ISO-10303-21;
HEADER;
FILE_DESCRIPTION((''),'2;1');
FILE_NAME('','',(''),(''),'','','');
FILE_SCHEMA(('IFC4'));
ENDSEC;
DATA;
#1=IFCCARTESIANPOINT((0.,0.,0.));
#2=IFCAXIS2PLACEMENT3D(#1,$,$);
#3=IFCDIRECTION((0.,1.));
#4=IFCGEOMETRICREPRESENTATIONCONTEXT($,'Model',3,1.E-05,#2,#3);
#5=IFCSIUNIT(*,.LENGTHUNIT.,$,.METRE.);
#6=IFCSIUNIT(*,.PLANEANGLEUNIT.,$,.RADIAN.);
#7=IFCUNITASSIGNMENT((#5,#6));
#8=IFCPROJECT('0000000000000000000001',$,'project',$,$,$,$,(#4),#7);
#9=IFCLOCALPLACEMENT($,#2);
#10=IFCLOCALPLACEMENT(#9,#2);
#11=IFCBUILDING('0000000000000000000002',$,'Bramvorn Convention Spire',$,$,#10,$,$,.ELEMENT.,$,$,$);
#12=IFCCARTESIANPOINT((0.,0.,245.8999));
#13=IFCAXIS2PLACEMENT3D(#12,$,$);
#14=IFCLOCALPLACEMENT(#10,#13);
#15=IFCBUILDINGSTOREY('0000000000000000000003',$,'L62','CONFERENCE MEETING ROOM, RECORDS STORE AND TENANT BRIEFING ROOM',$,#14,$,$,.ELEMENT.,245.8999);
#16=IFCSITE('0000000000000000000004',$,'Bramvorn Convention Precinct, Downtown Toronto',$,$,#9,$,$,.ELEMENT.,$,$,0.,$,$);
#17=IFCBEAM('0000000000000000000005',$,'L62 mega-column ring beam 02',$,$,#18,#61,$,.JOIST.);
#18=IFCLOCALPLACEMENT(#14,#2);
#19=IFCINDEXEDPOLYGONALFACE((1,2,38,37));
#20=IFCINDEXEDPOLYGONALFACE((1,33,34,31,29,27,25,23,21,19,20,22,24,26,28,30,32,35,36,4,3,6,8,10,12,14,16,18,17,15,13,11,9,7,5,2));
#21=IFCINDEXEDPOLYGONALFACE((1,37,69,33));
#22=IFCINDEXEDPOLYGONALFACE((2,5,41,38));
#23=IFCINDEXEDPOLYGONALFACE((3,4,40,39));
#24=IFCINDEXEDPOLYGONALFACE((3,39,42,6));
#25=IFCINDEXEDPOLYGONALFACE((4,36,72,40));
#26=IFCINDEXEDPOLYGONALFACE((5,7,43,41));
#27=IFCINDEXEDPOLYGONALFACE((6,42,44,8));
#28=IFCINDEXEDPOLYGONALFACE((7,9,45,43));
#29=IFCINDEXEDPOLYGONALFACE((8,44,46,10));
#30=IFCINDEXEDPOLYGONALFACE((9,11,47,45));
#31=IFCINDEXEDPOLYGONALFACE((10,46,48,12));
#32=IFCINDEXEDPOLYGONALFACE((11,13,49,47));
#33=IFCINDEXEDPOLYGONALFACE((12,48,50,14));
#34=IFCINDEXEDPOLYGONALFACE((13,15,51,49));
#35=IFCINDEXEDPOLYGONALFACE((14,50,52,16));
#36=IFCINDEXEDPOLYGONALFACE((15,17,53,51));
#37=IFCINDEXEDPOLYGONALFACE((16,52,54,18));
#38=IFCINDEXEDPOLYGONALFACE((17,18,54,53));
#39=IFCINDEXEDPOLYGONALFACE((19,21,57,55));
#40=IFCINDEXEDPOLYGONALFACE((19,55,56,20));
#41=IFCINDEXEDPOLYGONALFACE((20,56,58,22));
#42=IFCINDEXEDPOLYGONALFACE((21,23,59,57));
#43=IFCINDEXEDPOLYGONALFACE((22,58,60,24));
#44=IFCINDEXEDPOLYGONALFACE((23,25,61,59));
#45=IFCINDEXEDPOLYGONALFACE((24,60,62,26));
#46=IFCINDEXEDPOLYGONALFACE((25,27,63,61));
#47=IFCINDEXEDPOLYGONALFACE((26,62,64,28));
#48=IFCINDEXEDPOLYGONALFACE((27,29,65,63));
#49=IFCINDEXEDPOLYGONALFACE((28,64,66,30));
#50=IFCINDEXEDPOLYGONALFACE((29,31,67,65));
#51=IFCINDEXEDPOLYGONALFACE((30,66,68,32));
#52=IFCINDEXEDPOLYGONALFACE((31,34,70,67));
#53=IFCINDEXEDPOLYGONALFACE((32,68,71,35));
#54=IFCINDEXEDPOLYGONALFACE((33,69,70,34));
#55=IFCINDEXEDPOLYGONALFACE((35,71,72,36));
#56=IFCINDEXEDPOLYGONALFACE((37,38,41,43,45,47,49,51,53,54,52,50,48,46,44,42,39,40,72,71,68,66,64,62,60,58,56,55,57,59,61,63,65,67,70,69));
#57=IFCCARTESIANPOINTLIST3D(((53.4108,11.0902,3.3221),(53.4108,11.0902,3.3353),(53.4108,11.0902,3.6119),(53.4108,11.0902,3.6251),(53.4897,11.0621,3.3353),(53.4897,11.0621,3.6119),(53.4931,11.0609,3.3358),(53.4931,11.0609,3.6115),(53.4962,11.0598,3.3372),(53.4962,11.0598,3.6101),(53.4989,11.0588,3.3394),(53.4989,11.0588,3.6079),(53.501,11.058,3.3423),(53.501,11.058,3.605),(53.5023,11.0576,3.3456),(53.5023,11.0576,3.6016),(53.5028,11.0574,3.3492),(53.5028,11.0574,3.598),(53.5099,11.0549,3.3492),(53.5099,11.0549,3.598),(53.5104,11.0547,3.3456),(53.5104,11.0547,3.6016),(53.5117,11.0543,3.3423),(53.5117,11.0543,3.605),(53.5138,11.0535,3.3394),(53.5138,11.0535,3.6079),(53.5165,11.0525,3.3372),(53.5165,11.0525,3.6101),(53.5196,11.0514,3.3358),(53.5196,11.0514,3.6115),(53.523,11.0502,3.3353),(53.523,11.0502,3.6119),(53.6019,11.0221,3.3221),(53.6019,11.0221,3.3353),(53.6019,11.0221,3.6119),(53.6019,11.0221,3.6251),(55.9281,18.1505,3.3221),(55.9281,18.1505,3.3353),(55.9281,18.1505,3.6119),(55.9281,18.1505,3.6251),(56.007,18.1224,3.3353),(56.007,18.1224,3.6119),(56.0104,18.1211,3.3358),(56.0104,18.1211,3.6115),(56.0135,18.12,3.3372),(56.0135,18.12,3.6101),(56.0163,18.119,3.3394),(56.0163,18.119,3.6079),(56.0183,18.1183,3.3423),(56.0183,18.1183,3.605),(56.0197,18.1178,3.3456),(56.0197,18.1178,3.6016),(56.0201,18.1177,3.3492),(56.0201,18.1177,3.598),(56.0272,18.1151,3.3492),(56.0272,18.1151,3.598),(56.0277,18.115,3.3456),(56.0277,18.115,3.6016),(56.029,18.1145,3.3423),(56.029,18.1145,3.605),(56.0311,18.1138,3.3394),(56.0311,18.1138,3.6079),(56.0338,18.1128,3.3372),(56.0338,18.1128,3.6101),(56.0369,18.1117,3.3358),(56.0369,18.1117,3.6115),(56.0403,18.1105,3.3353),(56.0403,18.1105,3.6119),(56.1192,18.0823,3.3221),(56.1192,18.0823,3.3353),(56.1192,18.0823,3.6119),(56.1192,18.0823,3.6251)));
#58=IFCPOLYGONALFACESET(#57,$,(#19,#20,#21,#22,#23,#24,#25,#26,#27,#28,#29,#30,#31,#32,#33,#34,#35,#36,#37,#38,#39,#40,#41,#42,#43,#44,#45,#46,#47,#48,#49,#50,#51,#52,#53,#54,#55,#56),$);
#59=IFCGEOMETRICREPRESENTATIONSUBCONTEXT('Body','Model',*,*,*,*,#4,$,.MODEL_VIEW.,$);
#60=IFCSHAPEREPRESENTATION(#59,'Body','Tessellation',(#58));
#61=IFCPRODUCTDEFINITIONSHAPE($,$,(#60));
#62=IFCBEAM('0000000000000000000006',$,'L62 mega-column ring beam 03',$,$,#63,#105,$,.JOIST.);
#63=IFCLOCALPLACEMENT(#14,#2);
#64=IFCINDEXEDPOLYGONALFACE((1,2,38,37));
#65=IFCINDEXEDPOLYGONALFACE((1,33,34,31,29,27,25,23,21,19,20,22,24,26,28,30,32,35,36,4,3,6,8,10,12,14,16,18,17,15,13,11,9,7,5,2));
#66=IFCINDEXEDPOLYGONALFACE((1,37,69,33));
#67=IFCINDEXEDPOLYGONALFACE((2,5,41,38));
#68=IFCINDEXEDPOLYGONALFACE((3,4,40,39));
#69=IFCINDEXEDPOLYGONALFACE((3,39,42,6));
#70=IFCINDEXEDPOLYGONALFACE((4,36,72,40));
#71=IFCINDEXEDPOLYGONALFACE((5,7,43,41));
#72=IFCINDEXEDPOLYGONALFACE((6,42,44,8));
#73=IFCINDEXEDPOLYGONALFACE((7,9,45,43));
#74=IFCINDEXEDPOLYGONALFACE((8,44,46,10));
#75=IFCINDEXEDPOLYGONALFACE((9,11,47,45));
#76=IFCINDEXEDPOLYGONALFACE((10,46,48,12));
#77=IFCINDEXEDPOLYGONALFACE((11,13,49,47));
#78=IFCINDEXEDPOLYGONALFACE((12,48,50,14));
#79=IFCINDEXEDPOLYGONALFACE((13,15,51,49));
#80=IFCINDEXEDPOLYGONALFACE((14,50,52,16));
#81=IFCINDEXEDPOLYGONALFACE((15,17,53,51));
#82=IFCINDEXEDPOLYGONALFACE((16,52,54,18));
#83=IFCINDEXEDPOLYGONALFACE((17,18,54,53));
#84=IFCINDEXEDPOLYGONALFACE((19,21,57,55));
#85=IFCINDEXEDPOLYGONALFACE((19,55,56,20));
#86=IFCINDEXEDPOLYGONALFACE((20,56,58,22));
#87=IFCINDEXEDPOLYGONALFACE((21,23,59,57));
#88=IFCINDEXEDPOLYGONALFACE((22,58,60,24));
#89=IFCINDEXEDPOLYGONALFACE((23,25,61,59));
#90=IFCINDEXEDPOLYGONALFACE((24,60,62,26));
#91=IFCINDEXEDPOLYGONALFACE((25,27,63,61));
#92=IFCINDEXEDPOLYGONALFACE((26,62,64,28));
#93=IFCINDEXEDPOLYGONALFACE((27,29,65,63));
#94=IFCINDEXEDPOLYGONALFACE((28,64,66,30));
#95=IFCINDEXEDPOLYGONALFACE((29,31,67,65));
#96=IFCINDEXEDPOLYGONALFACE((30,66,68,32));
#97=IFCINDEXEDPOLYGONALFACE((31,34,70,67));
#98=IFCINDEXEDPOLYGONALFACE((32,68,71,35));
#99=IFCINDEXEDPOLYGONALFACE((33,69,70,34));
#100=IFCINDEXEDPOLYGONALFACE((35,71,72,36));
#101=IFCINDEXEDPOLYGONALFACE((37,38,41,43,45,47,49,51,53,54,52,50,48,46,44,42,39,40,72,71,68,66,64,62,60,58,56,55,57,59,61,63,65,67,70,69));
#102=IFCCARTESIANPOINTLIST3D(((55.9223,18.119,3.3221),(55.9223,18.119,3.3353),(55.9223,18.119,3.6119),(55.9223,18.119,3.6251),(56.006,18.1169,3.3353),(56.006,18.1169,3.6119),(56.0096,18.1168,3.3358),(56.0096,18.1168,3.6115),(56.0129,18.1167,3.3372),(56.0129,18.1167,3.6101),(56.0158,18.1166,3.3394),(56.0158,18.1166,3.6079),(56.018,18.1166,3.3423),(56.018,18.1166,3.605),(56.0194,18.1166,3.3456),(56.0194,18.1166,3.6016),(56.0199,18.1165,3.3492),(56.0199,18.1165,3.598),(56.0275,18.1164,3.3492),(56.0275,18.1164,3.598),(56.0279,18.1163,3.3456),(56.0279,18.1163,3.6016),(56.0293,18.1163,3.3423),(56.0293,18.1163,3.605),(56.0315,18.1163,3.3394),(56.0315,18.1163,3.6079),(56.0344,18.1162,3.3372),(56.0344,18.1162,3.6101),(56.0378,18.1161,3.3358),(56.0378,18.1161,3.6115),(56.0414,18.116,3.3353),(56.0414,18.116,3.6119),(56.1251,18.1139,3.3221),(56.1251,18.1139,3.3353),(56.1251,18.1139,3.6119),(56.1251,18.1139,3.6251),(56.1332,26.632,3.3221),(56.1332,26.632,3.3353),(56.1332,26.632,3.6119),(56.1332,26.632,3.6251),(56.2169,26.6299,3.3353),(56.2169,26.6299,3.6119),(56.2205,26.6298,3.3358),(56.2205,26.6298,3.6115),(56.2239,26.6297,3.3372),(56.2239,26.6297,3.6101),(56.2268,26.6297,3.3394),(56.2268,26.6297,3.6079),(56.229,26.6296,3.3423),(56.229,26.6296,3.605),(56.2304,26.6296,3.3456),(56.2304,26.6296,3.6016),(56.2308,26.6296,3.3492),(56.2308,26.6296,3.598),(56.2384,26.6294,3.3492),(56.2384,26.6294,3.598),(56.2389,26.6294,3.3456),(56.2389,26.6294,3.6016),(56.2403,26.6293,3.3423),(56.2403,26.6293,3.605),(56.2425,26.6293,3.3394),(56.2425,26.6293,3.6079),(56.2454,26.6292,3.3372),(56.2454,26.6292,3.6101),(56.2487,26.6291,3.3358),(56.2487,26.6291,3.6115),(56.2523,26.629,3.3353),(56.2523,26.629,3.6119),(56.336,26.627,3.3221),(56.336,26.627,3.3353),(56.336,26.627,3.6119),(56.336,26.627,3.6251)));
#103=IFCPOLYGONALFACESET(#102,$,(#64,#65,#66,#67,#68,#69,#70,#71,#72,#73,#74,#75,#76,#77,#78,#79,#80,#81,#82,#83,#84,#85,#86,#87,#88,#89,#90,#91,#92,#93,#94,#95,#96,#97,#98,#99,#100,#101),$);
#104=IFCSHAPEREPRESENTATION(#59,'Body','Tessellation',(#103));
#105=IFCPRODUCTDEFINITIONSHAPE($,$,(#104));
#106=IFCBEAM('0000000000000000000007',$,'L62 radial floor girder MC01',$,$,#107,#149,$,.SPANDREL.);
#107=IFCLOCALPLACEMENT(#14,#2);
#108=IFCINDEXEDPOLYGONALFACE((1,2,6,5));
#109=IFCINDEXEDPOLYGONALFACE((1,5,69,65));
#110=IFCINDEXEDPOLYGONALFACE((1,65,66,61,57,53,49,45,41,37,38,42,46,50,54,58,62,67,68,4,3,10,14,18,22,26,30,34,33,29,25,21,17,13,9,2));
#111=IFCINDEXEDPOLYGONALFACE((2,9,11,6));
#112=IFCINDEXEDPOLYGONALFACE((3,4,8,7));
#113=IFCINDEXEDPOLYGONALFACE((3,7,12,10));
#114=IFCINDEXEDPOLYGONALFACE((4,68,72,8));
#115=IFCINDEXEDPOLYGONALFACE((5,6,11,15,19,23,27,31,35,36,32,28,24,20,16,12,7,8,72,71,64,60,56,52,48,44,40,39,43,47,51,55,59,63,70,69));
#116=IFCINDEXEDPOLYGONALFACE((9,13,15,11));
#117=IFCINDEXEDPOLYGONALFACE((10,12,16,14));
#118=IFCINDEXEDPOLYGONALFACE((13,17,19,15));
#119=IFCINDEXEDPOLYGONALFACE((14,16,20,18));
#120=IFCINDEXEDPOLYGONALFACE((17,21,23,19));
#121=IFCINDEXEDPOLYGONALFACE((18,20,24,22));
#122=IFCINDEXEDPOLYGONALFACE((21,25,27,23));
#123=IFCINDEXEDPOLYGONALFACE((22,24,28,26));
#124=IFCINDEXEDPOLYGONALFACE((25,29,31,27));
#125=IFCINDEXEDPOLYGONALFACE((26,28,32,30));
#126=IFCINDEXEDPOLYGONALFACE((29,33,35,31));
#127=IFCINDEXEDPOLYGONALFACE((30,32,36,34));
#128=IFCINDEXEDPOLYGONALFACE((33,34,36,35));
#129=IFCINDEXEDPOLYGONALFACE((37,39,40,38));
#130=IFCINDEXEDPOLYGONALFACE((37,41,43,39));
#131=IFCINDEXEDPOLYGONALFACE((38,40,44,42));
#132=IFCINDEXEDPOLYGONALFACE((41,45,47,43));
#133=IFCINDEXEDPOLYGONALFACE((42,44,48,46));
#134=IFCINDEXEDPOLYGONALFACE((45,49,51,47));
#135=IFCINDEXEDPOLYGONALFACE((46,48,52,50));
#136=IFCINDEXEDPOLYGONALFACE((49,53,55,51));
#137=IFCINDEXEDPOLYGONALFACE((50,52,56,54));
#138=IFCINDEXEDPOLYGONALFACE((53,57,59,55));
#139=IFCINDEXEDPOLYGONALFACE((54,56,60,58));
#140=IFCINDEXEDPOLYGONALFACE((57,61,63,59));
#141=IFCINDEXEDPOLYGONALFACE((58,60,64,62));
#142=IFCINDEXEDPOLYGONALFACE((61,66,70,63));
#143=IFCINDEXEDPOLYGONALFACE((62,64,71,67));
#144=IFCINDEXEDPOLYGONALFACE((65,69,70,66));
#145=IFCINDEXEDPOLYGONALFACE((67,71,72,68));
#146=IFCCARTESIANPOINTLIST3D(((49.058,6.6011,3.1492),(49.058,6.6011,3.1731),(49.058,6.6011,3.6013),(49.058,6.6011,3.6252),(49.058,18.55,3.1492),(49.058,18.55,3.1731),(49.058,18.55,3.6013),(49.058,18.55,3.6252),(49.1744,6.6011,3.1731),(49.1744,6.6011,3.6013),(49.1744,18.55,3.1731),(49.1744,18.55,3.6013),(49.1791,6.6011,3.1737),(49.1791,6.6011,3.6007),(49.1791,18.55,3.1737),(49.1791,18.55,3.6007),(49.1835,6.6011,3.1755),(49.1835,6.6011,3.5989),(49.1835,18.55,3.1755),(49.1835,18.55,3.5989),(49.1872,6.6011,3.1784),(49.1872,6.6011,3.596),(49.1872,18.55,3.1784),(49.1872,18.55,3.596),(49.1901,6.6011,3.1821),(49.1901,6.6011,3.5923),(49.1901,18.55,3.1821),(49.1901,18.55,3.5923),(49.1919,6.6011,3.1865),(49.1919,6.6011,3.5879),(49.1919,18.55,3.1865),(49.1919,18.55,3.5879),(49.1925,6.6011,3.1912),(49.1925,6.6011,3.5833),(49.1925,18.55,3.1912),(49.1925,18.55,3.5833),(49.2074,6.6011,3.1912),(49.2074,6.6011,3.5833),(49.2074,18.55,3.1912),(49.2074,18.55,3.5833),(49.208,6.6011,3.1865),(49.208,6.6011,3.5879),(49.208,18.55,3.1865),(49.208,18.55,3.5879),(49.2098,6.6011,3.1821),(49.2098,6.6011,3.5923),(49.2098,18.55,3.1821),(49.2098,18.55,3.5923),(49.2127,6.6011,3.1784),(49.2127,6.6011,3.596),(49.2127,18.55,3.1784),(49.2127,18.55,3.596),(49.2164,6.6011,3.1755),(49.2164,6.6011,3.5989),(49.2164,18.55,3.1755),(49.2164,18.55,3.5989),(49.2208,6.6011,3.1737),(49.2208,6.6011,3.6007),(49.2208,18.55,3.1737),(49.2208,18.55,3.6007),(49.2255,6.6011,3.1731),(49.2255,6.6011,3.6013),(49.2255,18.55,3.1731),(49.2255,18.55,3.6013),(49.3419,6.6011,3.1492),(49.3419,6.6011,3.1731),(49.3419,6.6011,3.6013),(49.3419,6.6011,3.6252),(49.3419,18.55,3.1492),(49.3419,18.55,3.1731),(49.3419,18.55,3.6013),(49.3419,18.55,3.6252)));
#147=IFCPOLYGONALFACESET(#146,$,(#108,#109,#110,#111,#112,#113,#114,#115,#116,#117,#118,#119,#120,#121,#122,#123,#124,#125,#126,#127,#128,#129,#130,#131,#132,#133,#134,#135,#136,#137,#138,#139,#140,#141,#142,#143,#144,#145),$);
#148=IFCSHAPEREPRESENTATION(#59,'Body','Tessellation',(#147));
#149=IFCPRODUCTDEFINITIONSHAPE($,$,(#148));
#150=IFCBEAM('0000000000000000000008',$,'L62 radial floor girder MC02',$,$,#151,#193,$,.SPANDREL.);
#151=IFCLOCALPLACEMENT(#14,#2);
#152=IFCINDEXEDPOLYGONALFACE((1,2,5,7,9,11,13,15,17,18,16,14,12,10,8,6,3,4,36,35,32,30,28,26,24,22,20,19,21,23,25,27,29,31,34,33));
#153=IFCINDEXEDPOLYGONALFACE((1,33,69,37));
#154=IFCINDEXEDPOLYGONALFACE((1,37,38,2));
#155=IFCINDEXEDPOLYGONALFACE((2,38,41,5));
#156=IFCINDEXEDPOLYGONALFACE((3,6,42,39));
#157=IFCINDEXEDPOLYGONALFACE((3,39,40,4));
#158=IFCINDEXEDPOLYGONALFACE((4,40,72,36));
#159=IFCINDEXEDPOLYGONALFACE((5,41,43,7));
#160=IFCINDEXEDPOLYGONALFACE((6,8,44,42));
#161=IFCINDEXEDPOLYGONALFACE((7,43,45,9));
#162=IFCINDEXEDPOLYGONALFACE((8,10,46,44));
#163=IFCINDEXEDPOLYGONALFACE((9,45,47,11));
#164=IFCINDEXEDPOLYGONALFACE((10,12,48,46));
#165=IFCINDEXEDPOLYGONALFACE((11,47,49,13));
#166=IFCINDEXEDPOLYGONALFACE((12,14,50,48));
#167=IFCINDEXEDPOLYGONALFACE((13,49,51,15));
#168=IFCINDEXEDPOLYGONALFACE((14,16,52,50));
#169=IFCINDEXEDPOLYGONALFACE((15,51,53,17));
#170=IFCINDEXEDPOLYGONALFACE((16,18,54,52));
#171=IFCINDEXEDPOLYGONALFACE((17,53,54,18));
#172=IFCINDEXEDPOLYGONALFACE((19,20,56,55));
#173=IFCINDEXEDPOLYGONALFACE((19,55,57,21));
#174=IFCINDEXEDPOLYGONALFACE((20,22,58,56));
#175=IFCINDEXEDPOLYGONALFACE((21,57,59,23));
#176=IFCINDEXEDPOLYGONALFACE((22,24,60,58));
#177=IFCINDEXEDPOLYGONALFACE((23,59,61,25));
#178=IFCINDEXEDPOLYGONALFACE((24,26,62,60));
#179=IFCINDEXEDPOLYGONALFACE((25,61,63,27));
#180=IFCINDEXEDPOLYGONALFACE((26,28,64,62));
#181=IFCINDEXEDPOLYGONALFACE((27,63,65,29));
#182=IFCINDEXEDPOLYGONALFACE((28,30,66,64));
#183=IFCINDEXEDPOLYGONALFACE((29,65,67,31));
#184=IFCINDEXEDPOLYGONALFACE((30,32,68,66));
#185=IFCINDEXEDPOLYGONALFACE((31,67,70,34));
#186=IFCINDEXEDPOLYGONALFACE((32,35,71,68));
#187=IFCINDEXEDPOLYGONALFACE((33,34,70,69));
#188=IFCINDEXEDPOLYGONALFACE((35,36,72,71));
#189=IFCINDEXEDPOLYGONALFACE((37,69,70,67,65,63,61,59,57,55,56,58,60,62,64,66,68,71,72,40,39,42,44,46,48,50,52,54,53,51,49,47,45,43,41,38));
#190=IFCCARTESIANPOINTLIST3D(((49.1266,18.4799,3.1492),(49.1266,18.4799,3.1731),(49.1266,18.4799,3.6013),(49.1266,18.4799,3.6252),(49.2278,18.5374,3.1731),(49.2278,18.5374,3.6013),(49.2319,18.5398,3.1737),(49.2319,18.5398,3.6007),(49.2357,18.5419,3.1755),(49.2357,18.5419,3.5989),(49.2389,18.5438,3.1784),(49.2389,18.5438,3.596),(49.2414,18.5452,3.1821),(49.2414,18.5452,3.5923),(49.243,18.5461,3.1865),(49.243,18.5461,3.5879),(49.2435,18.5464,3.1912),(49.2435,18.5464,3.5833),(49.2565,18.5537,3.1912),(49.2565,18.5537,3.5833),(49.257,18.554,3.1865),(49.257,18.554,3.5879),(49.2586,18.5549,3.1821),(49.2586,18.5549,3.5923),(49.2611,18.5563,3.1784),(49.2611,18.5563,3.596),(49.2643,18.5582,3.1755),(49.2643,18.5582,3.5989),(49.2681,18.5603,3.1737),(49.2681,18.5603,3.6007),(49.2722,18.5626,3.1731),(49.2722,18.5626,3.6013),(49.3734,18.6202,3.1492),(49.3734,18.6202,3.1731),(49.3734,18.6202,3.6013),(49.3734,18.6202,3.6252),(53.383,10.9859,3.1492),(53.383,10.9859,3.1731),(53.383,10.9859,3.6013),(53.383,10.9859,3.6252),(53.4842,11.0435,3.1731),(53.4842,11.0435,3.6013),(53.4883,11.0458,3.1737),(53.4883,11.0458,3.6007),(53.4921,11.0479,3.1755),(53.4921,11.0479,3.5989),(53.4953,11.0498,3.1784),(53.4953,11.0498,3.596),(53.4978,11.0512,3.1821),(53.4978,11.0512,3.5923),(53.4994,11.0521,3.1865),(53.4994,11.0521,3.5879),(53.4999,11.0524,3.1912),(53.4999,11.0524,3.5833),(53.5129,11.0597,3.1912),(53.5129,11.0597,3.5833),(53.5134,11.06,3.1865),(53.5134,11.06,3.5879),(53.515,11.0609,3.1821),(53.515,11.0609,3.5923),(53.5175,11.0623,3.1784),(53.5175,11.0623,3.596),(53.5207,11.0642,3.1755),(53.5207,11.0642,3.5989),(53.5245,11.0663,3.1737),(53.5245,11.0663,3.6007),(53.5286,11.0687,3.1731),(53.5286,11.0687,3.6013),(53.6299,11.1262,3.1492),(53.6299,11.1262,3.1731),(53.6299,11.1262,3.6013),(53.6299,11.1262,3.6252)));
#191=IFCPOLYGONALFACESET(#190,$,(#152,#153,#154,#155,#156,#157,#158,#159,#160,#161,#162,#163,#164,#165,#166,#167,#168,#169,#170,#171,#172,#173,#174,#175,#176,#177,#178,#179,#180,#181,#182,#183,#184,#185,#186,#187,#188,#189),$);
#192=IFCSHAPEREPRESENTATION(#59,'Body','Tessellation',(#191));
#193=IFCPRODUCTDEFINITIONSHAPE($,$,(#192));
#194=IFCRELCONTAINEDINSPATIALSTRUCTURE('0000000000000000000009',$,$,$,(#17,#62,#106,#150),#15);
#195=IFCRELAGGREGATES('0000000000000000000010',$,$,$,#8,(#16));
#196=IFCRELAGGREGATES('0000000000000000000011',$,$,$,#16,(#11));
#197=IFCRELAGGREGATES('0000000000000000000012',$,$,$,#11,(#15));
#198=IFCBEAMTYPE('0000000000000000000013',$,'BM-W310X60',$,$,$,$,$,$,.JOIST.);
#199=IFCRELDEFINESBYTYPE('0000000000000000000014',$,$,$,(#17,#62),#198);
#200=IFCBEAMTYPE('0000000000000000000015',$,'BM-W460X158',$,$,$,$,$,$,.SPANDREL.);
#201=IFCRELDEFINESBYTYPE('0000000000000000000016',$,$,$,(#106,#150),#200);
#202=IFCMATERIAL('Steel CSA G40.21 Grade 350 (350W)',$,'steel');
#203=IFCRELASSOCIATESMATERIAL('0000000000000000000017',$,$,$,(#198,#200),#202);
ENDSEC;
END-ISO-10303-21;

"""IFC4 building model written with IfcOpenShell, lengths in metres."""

from ifc_helpers import new_model, si_unit, direction, frame, origin, origin_2d, place, context, subcontext, project, spatial, i_section, extrude, material, material_profile, profile_set, type_object, element, save


model = new_model("IFC4")

# Units and contexts
model_context = context("Model", 3, precision=1e-05, world=origin(), true_north=direction((0.0, 1.0)))
body_context = subcontext(model_context, "Body", "Model", "MODEL_VIEW")
ifc_project = project(units=[si_unit("LENGTHUNIT", "METRE"), si_unit("PLANEANGLEUNIT", "RADIAN")], contexts=[model_context])

# Site, building, storey
site_placement = place(None, origin())
site = spatial("IfcSite", under=ifc_project, at=site_placement, Name="Bramvorn Convention Precinct, Downtown Toronto", CompositionType="ELEMENT", RefElevation=0.0)
building_placement = place(site_placement, origin())
building = spatial("IfcBuilding", under=site, at=building_placement, Name="Bramvorn Convention Spire", CompositionType="ELEMENT")
storey_placement = place(building_placement, frame((0.0, 0.0, 245.8999)))
storey = spatial("IfcBuildingStorey", under=building, at=storey_placement, Name="L62", Description="CONFERENCE MEETING ROOM, RECORDS STORE AND TENANT BRIEFING ROOM", CompositionType="ELEMENT", Elevation=245.8999)

# Shared definitions
ifc_material_1 = material(Name="Steel CSA G40.21 Grade 350 (350W)", Category="steel")

# Beams
ifc_material_profile_1 = material_profile(ifc_material_1, i_section(OverallWidth=0.2029, OverallDepth=0.303, WebThickness=0.0076, FlangeThickness=0.0132, FilletRadius=0.0139, at=origin_2d()))
ifc_profile_set_1 = profile_set([ifc_material_profile_1], Name="Steel CSA G40.21 Grade 350 (350W) - W310X60")
beam_type_1 = type_object("IfcBeamType", Name="BM-W310X60", PredefinedType="JOIST", material=ifc_profile_set_1)
beam_1_placement = place(storey_placement, frame((53.5063, 11.0562, 3.4736), z_axis=(0.335839, 0.941919, 0.0), x_axis=(-0.941919, 0.335839, 0.0)))
element("IfcBeam", 1, at=beam_1_placement, inside=storey, type_object=beam_type_1, Name="L62 mega-column ring beam 02", PredefinedType="JOIST", context=body_context, shape_type="SweptSolid", body=[
    extrude(i_section(OverallWidth=0.2029, OverallDepth=0.303, WebThickness=0.0076, FlangeThickness=0.0132, FilletRadius=0.0139, at=origin_2d()), origin(), (0.0, 0.0, 1.0), 7.4956),
])
beam_2_placement = place(storey_placement, frame((56.0237, 18.1165, 3.4736), z_axis=(0.024771, 0.999693, 0.0), x_axis=(-0.999693, 0.024771, 0.0)))
element("IfcBeam", 2, at=beam_2_placement, inside=storey, type_object=beam_type_1, Name="L62 mega-column ring beam 03", PredefinedType="JOIST", context=body_context, shape_type="SweptSolid", body=[
    extrude(i_section(OverallWidth=0.2029, OverallDepth=0.303, WebThickness=0.0076, FlangeThickness=0.0132, FilletRadius=0.0139, at=origin_2d()), origin(), (0.0, 0.0, 1.0), 8.5156),
])
ifc_material_profile_2 = material_profile(ifc_material_1, i_section(OverallWidth=0.2839, OverallDepth=0.4761, WebThickness=0.0149, FlangeThickness=0.0239, FilletRadius=0.0181, at=origin_2d()))
ifc_profile_set_2 = profile_set([ifc_material_profile_2], Name="Steel CSA G40.21 Grade 350 (350W) - W460X158")
beam_type_2 = type_object("IfcBeamType", Name="BM-W460X158", PredefinedType="SPANDREL", material=ifc_profile_set_2)
beam_3_placement = place(storey_placement, frame((49.2, 18.55, 3.3872), z_axis=(0.0, -1.0, 0.0), x_axis=(1.0, 0.0, 0.0)))
element("IfcBeam", 3, at=beam_3_placement, inside=storey, type_object=beam_type_2, Name="L62 radial floor girder MC01", PredefinedType="SPANDREL", context=body_context, shape_type="SweptSolid", body=[
    extrude(i_section(OverallWidth=0.2839, OverallDepth=0.4761, WebThickness=0.0149, FlangeThickness=0.0239, FilletRadius=0.0181, at=origin_2d()), origin(), (0.0, 0.0, 1.0), 11.949),
])
beam_4_placement = place(storey_placement, frame((49.25, 18.55, 3.3872), z_axis=(0.493874, -0.869534, 0.0), x_axis=(0.869534, 0.493874, 0.0)))
element("IfcBeam", 4, at=beam_4_placement, inside=storey, type_object=beam_type_2, Name="L62 radial floor girder MC02", PredefinedType="SPANDREL", context=body_context, shape_type="SweptSolid", body=[
    extrude(i_section(OverallWidth=0.2839, OverallDepth=0.4761, WebThickness=0.0149, FlangeThickness=0.0239, FilletRadius=0.0181, at=origin_2d()), origin(), (0.0, 0.0, 1.0), 8.6184),
])

save(model, "model.ifc")
